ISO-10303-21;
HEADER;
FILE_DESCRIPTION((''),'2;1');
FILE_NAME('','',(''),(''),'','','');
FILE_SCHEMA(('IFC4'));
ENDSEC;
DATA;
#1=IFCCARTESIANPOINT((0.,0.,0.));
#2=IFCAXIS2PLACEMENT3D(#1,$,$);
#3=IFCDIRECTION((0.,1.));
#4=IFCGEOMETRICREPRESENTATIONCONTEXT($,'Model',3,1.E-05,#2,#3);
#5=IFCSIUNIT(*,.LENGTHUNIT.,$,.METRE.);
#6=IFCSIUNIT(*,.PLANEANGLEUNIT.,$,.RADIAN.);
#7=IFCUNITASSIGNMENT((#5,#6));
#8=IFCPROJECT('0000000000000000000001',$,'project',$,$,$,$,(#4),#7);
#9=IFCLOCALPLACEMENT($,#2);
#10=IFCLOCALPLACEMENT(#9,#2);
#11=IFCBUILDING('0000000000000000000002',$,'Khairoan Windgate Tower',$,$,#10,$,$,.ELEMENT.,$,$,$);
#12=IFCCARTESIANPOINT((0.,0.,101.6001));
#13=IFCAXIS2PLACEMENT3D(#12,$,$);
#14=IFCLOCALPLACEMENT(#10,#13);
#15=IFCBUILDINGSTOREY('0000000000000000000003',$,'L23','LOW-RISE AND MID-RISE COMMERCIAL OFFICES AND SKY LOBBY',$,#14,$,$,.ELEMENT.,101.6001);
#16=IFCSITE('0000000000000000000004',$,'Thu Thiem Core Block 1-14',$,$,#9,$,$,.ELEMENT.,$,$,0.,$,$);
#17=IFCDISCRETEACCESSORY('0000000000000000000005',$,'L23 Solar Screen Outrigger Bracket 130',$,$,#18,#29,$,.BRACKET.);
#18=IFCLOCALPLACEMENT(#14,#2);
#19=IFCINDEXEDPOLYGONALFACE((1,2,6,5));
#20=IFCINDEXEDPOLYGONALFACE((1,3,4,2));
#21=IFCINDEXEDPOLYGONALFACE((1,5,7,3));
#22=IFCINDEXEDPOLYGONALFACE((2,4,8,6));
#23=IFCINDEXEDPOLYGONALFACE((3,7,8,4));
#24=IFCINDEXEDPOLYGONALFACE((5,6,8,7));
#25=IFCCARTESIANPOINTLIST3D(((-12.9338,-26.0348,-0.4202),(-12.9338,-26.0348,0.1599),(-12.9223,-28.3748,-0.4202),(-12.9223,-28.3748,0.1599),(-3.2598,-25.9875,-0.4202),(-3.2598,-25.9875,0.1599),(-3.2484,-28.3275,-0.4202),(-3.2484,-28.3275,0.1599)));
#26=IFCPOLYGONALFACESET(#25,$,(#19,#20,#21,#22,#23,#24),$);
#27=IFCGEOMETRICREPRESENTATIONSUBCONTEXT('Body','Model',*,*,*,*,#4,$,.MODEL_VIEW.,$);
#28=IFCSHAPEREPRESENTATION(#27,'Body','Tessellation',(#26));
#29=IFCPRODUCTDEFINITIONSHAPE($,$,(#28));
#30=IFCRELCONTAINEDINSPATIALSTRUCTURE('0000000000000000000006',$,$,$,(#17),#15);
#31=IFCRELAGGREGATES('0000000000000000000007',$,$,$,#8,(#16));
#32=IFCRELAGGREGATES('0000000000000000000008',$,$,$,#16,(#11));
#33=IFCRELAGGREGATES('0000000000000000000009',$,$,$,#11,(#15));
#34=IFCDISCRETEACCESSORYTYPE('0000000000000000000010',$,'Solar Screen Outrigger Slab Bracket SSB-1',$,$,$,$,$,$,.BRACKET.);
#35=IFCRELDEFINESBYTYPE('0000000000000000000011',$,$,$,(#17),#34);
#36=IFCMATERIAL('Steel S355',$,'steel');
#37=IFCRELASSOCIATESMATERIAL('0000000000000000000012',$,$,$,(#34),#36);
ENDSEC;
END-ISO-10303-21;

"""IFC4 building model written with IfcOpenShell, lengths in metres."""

from ifc_helpers import new_model, si_unit, direction, frame, origin, origin_2d, place, context, subcontext, project, spatial, rectangle, extrude, material, type_object, element, save


model = new_model("IFC4")

# Units and contexts
model_context = context("Model", 3, precision=1e-05, world=origin(), true_north=direction((0.0, 1.0)))
body_context = subcontext(model_context, "Body", "Model", "MODEL_VIEW")
ifc_project = project(units=[si_unit("LENGTHUNIT", "METRE"), si_unit("PLANEANGLEUNIT", "RADIAN")], contexts=[model_context])

# Site, building, storey
site_placement = place(None, origin())
site = spatial("IfcSite", under=ifc_project, at=site_placement, Name="Thu Thiem Core Block 1-14", CompositionType="ELEMENT", RefElevation=0.0)
building_placement = place(site_placement, origin())
building = spatial("IfcBuilding", under=site, at=building_placement, Name="Khairoan Windgate Tower", CompositionType="ELEMENT")
storey_placement = place(building_placement, frame((0.0, 0.0, 101.6001)))
storey = spatial("IfcBuildingStorey", under=building, at=storey_placement, Name="L23", Description="LOW-RISE AND MID-RISE COMMERCIAL OFFICES AND SKY LOBBY", CompositionType="ELEMENT", Elevation=101.6001)

# Discrete accessory
ifc_material_1 = material(Name="Steel S355", Category="steel")
discrete_accessory_type = type_object("IfcDiscreteAccessoryType", Name="Solar Screen Outrigger Slab Bracket SSB-1", PredefinedType="BRACKET", material=ifc_material_1)
discrete_accessory_placement = place(storey_placement, frame((-8.0911, -27.1812, -0.4202), z_axis=(0.0, 0.0, 1.0), x_axis=(-0.999988, -0.004887, 0.0)))
element("IfcDiscreteAccessory", 1, at=discrete_accessory_placement, inside=storey, type_object=discrete_accessory_type, Name="L23 Solar Screen Outrigger Bracket 130", PredefinedType="BRACKET", context=body_context, shape_type="SweptSolid", body=[
    extrude(rectangle(XDim=9.6741, YDim=2.3401, at=origin_2d()), origin(), (0.0, 0.0, 1.0), 0.5801),
])

save(model, "model.ifc")
